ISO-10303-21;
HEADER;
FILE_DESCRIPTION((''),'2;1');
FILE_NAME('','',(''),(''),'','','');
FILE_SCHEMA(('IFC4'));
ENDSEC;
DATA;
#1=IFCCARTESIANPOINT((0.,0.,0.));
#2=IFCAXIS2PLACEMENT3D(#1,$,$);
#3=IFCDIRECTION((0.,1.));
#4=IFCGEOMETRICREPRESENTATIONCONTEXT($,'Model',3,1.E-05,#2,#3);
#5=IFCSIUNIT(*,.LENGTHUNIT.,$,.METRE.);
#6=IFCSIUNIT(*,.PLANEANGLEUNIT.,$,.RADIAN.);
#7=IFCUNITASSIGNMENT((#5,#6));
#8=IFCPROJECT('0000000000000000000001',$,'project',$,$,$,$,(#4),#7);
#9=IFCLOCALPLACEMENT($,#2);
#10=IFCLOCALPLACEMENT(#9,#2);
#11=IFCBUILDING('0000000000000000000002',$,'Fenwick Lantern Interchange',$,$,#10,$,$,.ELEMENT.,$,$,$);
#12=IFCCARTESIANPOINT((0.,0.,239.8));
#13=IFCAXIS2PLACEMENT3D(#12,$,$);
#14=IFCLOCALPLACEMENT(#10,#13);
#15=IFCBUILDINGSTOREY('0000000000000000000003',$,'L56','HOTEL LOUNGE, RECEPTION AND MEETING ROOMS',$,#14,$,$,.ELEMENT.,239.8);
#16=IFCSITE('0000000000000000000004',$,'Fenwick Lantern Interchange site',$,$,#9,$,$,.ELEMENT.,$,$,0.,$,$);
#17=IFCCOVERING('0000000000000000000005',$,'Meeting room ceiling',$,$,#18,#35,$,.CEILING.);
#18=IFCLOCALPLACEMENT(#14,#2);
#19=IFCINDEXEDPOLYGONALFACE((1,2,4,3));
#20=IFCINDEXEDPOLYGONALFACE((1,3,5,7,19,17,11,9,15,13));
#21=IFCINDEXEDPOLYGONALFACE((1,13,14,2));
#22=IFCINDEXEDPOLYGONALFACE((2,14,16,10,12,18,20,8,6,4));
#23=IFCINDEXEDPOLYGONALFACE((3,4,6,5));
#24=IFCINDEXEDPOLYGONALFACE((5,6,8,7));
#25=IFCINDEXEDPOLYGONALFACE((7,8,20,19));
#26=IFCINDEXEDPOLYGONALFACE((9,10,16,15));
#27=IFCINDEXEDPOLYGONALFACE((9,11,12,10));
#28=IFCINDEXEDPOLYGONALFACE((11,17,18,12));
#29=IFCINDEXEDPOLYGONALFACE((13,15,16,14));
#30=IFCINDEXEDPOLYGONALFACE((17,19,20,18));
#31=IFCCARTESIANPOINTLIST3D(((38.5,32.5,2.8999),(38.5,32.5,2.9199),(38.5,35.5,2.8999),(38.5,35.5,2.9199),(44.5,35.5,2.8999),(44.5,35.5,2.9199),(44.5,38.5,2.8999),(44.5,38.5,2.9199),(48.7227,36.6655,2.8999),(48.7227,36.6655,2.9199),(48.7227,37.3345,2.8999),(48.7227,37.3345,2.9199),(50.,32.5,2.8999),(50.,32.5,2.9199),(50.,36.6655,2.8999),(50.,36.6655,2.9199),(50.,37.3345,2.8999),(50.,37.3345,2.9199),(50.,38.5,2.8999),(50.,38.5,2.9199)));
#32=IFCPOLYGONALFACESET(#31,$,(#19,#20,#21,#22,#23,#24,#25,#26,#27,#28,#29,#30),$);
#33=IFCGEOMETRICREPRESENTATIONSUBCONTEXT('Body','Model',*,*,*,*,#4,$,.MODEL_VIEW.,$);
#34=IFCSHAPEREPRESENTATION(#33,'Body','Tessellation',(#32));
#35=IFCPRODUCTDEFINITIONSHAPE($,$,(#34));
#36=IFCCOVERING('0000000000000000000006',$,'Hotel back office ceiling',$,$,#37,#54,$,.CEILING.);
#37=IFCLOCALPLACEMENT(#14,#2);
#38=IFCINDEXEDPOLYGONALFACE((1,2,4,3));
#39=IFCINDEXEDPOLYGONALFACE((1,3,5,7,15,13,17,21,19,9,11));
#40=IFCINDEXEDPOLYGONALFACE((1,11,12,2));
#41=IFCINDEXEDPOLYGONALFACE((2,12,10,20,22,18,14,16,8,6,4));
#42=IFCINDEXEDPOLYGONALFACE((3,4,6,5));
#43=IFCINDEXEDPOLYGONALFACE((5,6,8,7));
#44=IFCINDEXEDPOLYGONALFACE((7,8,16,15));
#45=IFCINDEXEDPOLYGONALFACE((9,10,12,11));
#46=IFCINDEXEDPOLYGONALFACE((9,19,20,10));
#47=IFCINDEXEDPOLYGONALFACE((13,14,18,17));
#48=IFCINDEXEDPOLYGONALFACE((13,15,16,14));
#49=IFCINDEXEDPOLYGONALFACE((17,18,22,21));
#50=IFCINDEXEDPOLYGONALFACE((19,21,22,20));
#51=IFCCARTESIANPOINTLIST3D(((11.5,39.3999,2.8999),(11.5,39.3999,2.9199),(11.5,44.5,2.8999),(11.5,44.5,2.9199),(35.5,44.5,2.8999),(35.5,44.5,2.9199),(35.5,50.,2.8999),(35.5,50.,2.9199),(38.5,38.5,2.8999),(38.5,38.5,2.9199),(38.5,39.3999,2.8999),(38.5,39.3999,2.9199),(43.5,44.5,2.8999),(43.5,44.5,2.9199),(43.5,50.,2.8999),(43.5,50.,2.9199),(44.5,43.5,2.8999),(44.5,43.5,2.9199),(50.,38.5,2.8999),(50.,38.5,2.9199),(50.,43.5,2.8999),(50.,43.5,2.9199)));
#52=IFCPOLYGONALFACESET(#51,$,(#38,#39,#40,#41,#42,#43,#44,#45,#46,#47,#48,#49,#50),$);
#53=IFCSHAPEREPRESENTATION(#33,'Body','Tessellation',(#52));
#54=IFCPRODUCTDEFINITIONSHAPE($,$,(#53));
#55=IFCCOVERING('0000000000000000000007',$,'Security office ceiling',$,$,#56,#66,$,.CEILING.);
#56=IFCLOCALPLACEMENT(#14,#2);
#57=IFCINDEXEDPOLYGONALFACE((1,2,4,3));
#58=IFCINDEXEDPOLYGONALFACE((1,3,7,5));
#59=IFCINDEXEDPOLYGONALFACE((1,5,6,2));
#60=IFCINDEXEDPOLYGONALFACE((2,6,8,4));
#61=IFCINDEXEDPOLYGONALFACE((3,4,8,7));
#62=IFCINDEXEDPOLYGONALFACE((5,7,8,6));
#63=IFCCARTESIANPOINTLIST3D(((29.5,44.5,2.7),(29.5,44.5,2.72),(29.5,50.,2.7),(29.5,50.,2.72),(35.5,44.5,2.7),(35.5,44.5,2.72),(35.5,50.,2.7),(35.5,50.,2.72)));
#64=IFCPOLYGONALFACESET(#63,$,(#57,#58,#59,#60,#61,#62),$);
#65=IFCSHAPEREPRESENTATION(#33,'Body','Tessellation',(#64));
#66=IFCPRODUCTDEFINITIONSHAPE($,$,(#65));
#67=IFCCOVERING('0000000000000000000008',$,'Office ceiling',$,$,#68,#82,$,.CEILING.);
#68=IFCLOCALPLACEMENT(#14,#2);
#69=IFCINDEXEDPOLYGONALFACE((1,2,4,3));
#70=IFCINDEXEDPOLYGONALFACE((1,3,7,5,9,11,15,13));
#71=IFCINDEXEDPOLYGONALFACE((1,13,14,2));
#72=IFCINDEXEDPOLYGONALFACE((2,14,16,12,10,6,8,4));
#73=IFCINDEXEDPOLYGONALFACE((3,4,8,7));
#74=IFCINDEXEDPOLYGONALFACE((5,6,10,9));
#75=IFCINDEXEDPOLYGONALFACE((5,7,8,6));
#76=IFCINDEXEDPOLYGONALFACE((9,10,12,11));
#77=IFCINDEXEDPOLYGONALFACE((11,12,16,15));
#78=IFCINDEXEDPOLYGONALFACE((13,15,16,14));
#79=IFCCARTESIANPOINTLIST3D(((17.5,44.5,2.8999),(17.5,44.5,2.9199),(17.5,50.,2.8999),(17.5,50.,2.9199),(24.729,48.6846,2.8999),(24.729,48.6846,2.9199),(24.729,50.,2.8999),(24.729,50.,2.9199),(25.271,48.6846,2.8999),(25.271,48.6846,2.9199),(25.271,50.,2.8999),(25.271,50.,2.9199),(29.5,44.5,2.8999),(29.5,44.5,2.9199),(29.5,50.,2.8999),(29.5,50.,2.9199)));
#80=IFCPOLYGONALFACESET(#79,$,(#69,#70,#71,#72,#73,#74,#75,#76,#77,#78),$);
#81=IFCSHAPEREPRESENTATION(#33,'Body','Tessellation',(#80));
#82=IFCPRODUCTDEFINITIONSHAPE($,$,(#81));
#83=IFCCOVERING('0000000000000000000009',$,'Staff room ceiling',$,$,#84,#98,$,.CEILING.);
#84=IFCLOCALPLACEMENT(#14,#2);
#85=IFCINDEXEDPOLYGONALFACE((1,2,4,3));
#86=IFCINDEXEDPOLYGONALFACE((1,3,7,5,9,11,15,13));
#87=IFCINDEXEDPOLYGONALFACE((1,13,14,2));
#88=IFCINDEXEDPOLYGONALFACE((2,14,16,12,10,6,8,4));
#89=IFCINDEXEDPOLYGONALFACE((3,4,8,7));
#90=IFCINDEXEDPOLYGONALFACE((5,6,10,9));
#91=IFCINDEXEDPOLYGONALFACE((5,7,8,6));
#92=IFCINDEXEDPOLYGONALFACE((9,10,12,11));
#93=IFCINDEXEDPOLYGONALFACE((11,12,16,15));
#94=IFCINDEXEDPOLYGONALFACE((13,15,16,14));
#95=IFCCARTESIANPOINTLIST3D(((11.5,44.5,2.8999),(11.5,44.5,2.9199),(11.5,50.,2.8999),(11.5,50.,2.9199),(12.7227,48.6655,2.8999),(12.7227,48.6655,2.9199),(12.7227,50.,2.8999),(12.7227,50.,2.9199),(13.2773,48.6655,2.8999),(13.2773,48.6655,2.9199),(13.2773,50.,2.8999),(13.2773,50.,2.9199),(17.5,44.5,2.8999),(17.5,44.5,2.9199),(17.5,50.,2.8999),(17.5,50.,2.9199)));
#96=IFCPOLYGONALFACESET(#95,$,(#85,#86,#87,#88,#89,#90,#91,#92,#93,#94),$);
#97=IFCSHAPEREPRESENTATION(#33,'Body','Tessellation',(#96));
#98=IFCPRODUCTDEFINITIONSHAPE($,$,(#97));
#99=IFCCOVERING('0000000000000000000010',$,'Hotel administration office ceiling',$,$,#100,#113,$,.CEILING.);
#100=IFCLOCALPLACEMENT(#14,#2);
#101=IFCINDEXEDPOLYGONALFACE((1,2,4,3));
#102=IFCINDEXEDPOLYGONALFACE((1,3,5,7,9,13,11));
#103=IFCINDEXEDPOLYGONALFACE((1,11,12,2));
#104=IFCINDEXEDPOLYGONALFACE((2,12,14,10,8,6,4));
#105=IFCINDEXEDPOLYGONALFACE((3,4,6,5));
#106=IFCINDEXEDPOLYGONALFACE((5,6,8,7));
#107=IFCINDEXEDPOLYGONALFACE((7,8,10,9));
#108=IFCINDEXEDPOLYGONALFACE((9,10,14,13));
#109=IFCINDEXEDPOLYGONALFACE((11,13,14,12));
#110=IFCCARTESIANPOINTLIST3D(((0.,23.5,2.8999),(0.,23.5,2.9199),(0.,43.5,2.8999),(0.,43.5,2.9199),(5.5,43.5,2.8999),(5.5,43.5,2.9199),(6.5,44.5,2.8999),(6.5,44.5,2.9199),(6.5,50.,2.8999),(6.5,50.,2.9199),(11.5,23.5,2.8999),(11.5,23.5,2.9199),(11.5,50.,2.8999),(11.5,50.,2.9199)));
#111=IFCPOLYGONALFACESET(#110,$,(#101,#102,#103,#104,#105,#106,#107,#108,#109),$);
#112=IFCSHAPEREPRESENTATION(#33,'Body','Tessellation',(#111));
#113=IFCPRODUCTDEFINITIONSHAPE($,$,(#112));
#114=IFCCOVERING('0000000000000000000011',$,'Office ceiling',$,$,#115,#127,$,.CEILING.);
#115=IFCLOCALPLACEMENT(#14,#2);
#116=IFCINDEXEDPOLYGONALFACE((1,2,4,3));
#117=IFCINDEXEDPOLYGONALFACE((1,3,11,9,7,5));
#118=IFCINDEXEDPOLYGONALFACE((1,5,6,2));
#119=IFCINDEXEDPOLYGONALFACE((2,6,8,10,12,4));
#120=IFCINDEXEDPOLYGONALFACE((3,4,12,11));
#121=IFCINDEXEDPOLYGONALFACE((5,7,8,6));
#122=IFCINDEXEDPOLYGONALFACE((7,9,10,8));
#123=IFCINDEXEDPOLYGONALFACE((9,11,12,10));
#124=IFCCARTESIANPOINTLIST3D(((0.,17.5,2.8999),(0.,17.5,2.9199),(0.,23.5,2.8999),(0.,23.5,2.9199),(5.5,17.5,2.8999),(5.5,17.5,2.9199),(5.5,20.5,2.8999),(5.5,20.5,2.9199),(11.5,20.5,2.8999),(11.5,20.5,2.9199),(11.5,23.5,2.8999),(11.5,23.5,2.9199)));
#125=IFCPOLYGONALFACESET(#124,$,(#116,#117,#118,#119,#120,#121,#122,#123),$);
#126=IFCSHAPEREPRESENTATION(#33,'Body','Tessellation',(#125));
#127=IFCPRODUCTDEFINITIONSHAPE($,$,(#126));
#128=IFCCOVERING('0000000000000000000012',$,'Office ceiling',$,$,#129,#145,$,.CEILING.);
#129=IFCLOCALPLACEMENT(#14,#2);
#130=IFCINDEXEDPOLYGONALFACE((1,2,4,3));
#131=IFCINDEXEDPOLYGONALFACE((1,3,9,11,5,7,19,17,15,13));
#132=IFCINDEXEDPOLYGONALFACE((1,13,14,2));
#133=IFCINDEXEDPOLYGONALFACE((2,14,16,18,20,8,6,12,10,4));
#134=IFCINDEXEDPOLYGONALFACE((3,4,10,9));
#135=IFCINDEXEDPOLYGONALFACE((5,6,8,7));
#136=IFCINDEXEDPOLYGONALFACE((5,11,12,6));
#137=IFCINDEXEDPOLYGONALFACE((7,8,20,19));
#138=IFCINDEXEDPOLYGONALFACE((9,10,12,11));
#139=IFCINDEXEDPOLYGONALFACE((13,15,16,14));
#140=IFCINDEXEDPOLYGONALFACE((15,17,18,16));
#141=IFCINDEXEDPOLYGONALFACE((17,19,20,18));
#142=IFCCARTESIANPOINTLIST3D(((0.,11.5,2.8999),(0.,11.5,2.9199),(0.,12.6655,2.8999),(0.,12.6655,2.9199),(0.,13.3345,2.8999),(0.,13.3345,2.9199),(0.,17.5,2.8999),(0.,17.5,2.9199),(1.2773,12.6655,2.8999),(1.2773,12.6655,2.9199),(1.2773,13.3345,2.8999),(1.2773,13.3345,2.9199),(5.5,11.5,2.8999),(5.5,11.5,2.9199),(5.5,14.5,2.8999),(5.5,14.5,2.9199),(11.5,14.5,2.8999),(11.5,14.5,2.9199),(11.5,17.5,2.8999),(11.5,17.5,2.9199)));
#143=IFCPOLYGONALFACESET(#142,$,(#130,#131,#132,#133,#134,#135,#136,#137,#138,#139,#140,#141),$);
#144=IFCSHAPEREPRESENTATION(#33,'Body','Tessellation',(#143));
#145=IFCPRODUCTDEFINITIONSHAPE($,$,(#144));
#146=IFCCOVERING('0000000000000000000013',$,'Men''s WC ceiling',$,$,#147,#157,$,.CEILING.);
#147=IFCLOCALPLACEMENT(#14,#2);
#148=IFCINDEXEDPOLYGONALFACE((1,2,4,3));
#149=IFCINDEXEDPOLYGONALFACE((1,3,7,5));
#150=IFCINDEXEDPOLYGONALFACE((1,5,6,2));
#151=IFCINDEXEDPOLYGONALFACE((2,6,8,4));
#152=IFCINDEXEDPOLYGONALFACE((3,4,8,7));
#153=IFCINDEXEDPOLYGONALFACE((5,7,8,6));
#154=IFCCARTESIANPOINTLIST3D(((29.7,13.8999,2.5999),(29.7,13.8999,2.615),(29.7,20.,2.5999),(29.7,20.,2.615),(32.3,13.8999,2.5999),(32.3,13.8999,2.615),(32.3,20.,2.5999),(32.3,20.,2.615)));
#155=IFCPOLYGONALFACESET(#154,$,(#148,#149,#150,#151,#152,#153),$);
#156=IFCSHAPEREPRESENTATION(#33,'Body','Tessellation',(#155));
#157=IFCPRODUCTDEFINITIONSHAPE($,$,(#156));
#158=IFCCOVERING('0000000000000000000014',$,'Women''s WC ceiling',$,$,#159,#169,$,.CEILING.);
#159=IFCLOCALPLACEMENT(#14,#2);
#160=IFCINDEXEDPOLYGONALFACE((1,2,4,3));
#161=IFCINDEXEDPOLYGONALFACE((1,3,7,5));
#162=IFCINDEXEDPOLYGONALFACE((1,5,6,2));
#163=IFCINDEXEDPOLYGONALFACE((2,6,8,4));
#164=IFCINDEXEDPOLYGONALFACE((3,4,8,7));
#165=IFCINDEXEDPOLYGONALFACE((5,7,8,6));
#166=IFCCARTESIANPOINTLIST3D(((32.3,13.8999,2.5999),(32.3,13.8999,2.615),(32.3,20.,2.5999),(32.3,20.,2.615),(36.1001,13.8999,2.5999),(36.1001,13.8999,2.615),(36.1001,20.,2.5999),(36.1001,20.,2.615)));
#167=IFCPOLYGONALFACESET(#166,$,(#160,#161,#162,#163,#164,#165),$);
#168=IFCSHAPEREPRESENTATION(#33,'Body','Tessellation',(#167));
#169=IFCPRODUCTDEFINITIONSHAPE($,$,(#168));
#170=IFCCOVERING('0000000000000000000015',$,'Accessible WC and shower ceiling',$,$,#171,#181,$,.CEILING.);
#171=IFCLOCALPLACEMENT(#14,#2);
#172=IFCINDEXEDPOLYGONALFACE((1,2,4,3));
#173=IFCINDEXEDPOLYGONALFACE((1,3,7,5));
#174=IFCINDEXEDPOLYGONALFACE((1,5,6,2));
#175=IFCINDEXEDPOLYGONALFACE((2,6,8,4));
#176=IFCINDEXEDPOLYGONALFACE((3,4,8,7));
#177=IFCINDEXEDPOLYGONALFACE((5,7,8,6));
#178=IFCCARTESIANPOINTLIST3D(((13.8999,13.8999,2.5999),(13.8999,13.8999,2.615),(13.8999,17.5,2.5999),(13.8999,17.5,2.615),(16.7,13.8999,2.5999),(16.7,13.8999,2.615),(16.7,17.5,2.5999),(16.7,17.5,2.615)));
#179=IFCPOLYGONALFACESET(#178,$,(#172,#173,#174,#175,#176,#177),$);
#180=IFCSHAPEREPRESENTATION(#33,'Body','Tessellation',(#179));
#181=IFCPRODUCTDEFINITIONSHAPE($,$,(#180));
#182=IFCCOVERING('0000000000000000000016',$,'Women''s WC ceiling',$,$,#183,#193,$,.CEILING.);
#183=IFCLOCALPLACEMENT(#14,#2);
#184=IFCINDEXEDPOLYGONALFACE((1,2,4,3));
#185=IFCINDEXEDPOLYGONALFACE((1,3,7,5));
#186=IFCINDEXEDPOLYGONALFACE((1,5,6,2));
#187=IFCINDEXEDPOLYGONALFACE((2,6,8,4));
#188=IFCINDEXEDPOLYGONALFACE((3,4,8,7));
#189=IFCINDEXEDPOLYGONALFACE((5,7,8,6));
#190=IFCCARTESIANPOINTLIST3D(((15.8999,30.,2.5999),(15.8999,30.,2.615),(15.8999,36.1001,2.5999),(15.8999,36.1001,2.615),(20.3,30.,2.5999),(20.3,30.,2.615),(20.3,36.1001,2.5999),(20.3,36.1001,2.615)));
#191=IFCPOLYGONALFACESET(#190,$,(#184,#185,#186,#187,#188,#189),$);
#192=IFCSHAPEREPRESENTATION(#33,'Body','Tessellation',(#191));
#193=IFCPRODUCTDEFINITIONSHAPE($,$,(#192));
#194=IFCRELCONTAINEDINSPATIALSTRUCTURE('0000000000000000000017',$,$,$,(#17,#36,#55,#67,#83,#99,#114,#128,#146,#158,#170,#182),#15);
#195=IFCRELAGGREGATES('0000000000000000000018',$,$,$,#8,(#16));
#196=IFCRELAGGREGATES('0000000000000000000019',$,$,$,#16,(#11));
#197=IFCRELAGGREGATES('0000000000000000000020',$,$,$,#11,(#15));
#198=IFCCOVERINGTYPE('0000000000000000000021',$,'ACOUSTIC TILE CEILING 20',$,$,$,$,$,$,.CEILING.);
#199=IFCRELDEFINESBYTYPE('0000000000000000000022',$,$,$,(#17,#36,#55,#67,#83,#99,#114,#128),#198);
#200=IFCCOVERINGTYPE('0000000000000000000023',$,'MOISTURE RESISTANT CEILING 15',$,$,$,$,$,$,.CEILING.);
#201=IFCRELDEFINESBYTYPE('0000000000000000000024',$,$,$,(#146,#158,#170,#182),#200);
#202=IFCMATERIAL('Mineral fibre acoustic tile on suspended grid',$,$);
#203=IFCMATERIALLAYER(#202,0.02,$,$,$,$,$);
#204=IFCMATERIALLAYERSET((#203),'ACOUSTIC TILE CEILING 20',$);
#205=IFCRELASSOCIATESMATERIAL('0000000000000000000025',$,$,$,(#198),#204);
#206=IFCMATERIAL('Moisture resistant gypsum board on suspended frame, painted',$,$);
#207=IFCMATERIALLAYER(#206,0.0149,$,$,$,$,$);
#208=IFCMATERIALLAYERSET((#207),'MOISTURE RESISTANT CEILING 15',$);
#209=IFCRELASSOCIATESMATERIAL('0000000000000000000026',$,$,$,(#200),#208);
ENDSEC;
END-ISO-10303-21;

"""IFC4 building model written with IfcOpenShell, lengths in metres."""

from ifc_helpers import new_model, si_unit, direction, frame, origin, place, context, subcontext, project, spatial, polyline, outline, extrude, material, layer, layer_set, type_object, element, save


model = new_model("IFC4")

# Units and contexts
model_context = context("Model", 3, precision=1e-05, world=origin(), true_north=direction((0.0, 1.0)))
body_context = subcontext(model_context, "Body", "Model", "MODEL_VIEW")
ifc_project = project(units=[si_unit("LENGTHUNIT", "METRE"), si_unit("PLANEANGLEUNIT", "RADIAN")], contexts=[model_context])

# Site, building, storey
site_placement = place(None, origin())
site = spatial("IfcSite", under=ifc_project, at=site_placement, Name="Fenwick Lantern Interchange site", CompositionType="ELEMENT", RefElevation=0.0)
building_placement = place(site_placement, origin())
building = spatial("IfcBuilding", under=site, at=building_placement, Name="Fenwick Lantern Interchange", CompositionType="ELEMENT")
storey_placement = place(building_placement, frame((0.0, 0.0, 239.8)))
storey = spatial("IfcBuildingStorey", under=building, at=storey_placement, Name="L56", Description="HOTEL LOUNGE, RECEPTION AND MEETING ROOMS", CompositionType="ELEMENT", Elevation=239.8)

# Coverings
ifc_material_1 = material(Name="Mineral fibre acoustic tile on suspended grid")
ifc_layer_1 = layer(ifc_material_1, 0.02)
ifc_layer_set_1 = layer_set([ifc_layer_1], Name="ACOUSTIC TILE CEILING 20")
covering_type_1 = type_object("IfcCoveringType", Name="ACOUSTIC TILE CEILING 20", PredefinedType="CEILING", material=ifc_layer_set_1)
covering_1_placement = place(storey_placement, frame((0.0, 0.0, 2.8999)))
element("IfcCovering", 1, at=covering_1_placement, inside=storey, type_object=covering_type_1, Name="Meeting room ceiling", PredefinedType="CEILING", context=body_context, shape_type="SweptSolid", body=[
    extrude(outline(polyline([(50.0, 38.5), (44.5, 38.5), (44.5, 35.5), (38.5, 35.5), (38.5, 32.5), (50.0, 32.5), (50.0, 36.6655), (48.7227, 36.6655), (48.7227, 37.3345), (50.0, 37.3345), (50.0, 38.5)])), origin(), (0.0, 0.0, 1.0), 0.02),
])
covering_2_placement = place(storey_placement, frame((0.0, 0.0, 2.8999)))
element("IfcCovering", 2, at=covering_2_placement, inside=storey, type_object=covering_type_1, Name="Hotel back office ceiling", PredefinedType="CEILING", context=body_context, shape_type="SweptSolid", body=[
    extrude(outline(polyline([(50.0, 38.5), (50.0, 43.5), (44.5, 43.5), (43.5, 44.5), (43.5, 50.0), (35.5, 50.0), (35.5, 44.5), (11.5, 44.5), (11.5, 39.3999), (38.5, 39.3999), (38.5, 38.5), (50.0, 38.5)])), origin(), (0.0, 0.0, 1.0), 0.02),
])
covering_3_placement = place(storey_placement, frame((0.0, 0.0, 2.7)))
element("IfcCovering", 3, at=covering_3_placement, inside=storey, type_object=covering_type_1, Name="Security office ceiling", PredefinedType="CEILING", context=body_context, shape_type="SweptSolid", body=[
    extrude(outline(polyline([(35.5, 50.0), (29.5, 50.0), (29.5, 44.5), (35.5, 44.5), (35.5, 50.0)])), origin(), (0.0, 0.0, 1.0), 0.02),
])
covering_4_placement = place(storey_placement, frame((0.0, 0.0, 2.8999)))
element("IfcCovering", 4, at=covering_4_placement, inside=storey, type_object=covering_type_1, Name="Office ceiling", PredefinedType="CEILING", context=body_context, shape_type="SweptSolid", body=[
    extrude(outline(polyline([(29.5, 44.5), (29.5, 50.0), (25.271, 50.0), (25.271, 48.6846), (24.729, 48.6846), (24.729, 50.0), (17.5, 50.0), (17.5, 44.5), (29.5, 44.5)])), origin(), (0.0, 0.0, 1.0), 0.02),
])
covering_5_placement = place(storey_placement, frame((0.0, 0.0, 2.8999)))
element("IfcCovering", 5, at=covering_5_placement, inside=storey, type_object=covering_type_1, Name="Staff room ceiling", PredefinedType="CEILING", context=body_context, shape_type="SweptSolid", body=[
    extrude(outline(polyline([(17.5, 50.0), (13.2773, 50.0), (13.2773, 48.6655), (12.7227, 48.6655), (12.7227, 50.0), (11.5, 50.0), (11.5, 44.5), (17.5, 44.5), (17.5, 50.0)])), origin(), (0.0, 0.0, 1.0), 0.02),
])
covering_6_placement = place(storey_placement, frame((0.0, 0.0, 2.8999)))
element("IfcCovering", 6, at=covering_6_placement, inside=storey, type_object=covering_type_1, Name="Hotel administration office ceiling", PredefinedType="CEILING", context=body_context, shape_type="SweptSolid", body=[
    extrude(outline(polyline([(0.0, 43.5), (0.0, 23.5), (11.5, 23.5), (11.5, 50.0), (6.5, 50.0), (6.5, 44.5), (5.5, 43.5), (0.0, 43.5)])), origin(), (0.0, 0.0, 1.0), 0.02),
])
covering_7_placement = place(storey_placement, frame((0.0, 0.0, 2.8999)))
element("IfcCovering", 7, at=covering_7_placement, inside=storey, type_object=covering_type_1, Name="Office ceiling", PredefinedType="CEILING", context=body_context, shape_type="SweptSolid", body=[
    extrude(outline(polyline([(5.5, 17.5), (5.5, 20.5), (11.5, 20.5), (11.5, 23.5), (0.0, 23.5), (0.0, 17.5), (5.5, 17.5)])), origin(), (0.0, 0.0, 1.0), 0.02),
])
covering_8_placement = place(storey_placement, frame((0.0, 0.0, 2.8999)))
element("IfcCovering", 8, at=covering_8_placement, inside=storey, type_object=covering_type_1, Name="Office ceiling", PredefinedType="CEILING", context=body_context, shape_type="SweptSolid", body=[
    extrude(outline(polyline([(0.0, 11.5), (5.5, 11.5), (5.5, 14.5), (11.5, 14.5), (11.5, 17.5), (0.0, 17.5), (0.0, 13.3345), (1.2773, 13.3345), (1.2773, 12.6655), (0.0, 12.6655), (0.0, 11.5)])), origin(), (0.0, 0.0, 1.0), 0.02),
])
ifc_material_2 = material(Name="Moisture resistant gypsum board on suspended frame, painted")
ifc_layer_2 = layer(ifc_material_2, 0.0149)
ifc_layer_set_2 = layer_set([ifc_layer_2], Name="MOISTURE RESISTANT CEILING 15")
covering_type_2 = type_object("IfcCoveringType", Name="MOISTURE RESISTANT CEILING 15", PredefinedType="CEILING", material=ifc_layer_set_2)
covering_9_placement = place(storey_placement, frame((0.0, 0.0, 2.5999)))
element("IfcCovering", 9, at=covering_9_placement, inside=storey, type_object=covering_type_2, Name="Men's WC ceiling", PredefinedType="CEILING", context=body_context, shape_type="SweptSolid", body=[
    extrude(outline(polyline([(29.7, 13.8999), (32.3, 13.8999), (32.3, 20.0), (29.7, 20.0), (29.7, 13.8999)])), origin(), (0.0, 0.0, 1.0), 0.0151),
])
covering_10_placement = place(storey_placement, frame((0.0, 0.0, 2.5999)))
element("IfcCovering", 10, at=covering_10_placement, inside=storey, type_object=covering_type_2, Name="Women's WC ceiling", PredefinedType="CEILING", context=body_context, shape_type="SweptSolid", body=[
    extrude(outline(polyline([(32.3, 13.8999), (36.1001, 13.8999), (36.1001, 20.0), (32.3, 20.0), (32.3, 13.8999)])), origin(), (0.0, 0.0, 1.0), 0.0151),
])
covering_11_placement = place(storey_placement, frame((0.0, 0.0, 2.5999)))
element("IfcCovering", 11, at=covering_11_placement, inside=storey, type_object=covering_type_2, Name="Accessible WC and shower ceiling", PredefinedType="CEILING", context=body_context, shape_type="SweptSolid", body=[
    extrude(outline(polyline([(13.8999, 13.8999), (16.7, 13.8999), (16.7, 17.5), (13.8999, 17.5), (13.8999, 13.8999)])), origin(), (0.0, 0.0, 1.0), 0.0151),
])
covering_12_placement = place(storey_placement, frame((0.0, 0.0, 2.5999)))
element("IfcCovering", 12, at=covering_12_placement, inside=storey, type_object=covering_type_2, Name="Women's WC ceiling", PredefinedType="CEILING", context=body_context, shape_type="SweptSolid", body=[
    extrude(outline(polyline([(20.3, 36.1001), (15.8999, 36.1001), (15.8999, 30.0), (20.3, 30.0), (20.3, 36.1001)])), origin(), (0.0, 0.0, 1.0), 0.0151),
])

save(model, "model.ifc")
